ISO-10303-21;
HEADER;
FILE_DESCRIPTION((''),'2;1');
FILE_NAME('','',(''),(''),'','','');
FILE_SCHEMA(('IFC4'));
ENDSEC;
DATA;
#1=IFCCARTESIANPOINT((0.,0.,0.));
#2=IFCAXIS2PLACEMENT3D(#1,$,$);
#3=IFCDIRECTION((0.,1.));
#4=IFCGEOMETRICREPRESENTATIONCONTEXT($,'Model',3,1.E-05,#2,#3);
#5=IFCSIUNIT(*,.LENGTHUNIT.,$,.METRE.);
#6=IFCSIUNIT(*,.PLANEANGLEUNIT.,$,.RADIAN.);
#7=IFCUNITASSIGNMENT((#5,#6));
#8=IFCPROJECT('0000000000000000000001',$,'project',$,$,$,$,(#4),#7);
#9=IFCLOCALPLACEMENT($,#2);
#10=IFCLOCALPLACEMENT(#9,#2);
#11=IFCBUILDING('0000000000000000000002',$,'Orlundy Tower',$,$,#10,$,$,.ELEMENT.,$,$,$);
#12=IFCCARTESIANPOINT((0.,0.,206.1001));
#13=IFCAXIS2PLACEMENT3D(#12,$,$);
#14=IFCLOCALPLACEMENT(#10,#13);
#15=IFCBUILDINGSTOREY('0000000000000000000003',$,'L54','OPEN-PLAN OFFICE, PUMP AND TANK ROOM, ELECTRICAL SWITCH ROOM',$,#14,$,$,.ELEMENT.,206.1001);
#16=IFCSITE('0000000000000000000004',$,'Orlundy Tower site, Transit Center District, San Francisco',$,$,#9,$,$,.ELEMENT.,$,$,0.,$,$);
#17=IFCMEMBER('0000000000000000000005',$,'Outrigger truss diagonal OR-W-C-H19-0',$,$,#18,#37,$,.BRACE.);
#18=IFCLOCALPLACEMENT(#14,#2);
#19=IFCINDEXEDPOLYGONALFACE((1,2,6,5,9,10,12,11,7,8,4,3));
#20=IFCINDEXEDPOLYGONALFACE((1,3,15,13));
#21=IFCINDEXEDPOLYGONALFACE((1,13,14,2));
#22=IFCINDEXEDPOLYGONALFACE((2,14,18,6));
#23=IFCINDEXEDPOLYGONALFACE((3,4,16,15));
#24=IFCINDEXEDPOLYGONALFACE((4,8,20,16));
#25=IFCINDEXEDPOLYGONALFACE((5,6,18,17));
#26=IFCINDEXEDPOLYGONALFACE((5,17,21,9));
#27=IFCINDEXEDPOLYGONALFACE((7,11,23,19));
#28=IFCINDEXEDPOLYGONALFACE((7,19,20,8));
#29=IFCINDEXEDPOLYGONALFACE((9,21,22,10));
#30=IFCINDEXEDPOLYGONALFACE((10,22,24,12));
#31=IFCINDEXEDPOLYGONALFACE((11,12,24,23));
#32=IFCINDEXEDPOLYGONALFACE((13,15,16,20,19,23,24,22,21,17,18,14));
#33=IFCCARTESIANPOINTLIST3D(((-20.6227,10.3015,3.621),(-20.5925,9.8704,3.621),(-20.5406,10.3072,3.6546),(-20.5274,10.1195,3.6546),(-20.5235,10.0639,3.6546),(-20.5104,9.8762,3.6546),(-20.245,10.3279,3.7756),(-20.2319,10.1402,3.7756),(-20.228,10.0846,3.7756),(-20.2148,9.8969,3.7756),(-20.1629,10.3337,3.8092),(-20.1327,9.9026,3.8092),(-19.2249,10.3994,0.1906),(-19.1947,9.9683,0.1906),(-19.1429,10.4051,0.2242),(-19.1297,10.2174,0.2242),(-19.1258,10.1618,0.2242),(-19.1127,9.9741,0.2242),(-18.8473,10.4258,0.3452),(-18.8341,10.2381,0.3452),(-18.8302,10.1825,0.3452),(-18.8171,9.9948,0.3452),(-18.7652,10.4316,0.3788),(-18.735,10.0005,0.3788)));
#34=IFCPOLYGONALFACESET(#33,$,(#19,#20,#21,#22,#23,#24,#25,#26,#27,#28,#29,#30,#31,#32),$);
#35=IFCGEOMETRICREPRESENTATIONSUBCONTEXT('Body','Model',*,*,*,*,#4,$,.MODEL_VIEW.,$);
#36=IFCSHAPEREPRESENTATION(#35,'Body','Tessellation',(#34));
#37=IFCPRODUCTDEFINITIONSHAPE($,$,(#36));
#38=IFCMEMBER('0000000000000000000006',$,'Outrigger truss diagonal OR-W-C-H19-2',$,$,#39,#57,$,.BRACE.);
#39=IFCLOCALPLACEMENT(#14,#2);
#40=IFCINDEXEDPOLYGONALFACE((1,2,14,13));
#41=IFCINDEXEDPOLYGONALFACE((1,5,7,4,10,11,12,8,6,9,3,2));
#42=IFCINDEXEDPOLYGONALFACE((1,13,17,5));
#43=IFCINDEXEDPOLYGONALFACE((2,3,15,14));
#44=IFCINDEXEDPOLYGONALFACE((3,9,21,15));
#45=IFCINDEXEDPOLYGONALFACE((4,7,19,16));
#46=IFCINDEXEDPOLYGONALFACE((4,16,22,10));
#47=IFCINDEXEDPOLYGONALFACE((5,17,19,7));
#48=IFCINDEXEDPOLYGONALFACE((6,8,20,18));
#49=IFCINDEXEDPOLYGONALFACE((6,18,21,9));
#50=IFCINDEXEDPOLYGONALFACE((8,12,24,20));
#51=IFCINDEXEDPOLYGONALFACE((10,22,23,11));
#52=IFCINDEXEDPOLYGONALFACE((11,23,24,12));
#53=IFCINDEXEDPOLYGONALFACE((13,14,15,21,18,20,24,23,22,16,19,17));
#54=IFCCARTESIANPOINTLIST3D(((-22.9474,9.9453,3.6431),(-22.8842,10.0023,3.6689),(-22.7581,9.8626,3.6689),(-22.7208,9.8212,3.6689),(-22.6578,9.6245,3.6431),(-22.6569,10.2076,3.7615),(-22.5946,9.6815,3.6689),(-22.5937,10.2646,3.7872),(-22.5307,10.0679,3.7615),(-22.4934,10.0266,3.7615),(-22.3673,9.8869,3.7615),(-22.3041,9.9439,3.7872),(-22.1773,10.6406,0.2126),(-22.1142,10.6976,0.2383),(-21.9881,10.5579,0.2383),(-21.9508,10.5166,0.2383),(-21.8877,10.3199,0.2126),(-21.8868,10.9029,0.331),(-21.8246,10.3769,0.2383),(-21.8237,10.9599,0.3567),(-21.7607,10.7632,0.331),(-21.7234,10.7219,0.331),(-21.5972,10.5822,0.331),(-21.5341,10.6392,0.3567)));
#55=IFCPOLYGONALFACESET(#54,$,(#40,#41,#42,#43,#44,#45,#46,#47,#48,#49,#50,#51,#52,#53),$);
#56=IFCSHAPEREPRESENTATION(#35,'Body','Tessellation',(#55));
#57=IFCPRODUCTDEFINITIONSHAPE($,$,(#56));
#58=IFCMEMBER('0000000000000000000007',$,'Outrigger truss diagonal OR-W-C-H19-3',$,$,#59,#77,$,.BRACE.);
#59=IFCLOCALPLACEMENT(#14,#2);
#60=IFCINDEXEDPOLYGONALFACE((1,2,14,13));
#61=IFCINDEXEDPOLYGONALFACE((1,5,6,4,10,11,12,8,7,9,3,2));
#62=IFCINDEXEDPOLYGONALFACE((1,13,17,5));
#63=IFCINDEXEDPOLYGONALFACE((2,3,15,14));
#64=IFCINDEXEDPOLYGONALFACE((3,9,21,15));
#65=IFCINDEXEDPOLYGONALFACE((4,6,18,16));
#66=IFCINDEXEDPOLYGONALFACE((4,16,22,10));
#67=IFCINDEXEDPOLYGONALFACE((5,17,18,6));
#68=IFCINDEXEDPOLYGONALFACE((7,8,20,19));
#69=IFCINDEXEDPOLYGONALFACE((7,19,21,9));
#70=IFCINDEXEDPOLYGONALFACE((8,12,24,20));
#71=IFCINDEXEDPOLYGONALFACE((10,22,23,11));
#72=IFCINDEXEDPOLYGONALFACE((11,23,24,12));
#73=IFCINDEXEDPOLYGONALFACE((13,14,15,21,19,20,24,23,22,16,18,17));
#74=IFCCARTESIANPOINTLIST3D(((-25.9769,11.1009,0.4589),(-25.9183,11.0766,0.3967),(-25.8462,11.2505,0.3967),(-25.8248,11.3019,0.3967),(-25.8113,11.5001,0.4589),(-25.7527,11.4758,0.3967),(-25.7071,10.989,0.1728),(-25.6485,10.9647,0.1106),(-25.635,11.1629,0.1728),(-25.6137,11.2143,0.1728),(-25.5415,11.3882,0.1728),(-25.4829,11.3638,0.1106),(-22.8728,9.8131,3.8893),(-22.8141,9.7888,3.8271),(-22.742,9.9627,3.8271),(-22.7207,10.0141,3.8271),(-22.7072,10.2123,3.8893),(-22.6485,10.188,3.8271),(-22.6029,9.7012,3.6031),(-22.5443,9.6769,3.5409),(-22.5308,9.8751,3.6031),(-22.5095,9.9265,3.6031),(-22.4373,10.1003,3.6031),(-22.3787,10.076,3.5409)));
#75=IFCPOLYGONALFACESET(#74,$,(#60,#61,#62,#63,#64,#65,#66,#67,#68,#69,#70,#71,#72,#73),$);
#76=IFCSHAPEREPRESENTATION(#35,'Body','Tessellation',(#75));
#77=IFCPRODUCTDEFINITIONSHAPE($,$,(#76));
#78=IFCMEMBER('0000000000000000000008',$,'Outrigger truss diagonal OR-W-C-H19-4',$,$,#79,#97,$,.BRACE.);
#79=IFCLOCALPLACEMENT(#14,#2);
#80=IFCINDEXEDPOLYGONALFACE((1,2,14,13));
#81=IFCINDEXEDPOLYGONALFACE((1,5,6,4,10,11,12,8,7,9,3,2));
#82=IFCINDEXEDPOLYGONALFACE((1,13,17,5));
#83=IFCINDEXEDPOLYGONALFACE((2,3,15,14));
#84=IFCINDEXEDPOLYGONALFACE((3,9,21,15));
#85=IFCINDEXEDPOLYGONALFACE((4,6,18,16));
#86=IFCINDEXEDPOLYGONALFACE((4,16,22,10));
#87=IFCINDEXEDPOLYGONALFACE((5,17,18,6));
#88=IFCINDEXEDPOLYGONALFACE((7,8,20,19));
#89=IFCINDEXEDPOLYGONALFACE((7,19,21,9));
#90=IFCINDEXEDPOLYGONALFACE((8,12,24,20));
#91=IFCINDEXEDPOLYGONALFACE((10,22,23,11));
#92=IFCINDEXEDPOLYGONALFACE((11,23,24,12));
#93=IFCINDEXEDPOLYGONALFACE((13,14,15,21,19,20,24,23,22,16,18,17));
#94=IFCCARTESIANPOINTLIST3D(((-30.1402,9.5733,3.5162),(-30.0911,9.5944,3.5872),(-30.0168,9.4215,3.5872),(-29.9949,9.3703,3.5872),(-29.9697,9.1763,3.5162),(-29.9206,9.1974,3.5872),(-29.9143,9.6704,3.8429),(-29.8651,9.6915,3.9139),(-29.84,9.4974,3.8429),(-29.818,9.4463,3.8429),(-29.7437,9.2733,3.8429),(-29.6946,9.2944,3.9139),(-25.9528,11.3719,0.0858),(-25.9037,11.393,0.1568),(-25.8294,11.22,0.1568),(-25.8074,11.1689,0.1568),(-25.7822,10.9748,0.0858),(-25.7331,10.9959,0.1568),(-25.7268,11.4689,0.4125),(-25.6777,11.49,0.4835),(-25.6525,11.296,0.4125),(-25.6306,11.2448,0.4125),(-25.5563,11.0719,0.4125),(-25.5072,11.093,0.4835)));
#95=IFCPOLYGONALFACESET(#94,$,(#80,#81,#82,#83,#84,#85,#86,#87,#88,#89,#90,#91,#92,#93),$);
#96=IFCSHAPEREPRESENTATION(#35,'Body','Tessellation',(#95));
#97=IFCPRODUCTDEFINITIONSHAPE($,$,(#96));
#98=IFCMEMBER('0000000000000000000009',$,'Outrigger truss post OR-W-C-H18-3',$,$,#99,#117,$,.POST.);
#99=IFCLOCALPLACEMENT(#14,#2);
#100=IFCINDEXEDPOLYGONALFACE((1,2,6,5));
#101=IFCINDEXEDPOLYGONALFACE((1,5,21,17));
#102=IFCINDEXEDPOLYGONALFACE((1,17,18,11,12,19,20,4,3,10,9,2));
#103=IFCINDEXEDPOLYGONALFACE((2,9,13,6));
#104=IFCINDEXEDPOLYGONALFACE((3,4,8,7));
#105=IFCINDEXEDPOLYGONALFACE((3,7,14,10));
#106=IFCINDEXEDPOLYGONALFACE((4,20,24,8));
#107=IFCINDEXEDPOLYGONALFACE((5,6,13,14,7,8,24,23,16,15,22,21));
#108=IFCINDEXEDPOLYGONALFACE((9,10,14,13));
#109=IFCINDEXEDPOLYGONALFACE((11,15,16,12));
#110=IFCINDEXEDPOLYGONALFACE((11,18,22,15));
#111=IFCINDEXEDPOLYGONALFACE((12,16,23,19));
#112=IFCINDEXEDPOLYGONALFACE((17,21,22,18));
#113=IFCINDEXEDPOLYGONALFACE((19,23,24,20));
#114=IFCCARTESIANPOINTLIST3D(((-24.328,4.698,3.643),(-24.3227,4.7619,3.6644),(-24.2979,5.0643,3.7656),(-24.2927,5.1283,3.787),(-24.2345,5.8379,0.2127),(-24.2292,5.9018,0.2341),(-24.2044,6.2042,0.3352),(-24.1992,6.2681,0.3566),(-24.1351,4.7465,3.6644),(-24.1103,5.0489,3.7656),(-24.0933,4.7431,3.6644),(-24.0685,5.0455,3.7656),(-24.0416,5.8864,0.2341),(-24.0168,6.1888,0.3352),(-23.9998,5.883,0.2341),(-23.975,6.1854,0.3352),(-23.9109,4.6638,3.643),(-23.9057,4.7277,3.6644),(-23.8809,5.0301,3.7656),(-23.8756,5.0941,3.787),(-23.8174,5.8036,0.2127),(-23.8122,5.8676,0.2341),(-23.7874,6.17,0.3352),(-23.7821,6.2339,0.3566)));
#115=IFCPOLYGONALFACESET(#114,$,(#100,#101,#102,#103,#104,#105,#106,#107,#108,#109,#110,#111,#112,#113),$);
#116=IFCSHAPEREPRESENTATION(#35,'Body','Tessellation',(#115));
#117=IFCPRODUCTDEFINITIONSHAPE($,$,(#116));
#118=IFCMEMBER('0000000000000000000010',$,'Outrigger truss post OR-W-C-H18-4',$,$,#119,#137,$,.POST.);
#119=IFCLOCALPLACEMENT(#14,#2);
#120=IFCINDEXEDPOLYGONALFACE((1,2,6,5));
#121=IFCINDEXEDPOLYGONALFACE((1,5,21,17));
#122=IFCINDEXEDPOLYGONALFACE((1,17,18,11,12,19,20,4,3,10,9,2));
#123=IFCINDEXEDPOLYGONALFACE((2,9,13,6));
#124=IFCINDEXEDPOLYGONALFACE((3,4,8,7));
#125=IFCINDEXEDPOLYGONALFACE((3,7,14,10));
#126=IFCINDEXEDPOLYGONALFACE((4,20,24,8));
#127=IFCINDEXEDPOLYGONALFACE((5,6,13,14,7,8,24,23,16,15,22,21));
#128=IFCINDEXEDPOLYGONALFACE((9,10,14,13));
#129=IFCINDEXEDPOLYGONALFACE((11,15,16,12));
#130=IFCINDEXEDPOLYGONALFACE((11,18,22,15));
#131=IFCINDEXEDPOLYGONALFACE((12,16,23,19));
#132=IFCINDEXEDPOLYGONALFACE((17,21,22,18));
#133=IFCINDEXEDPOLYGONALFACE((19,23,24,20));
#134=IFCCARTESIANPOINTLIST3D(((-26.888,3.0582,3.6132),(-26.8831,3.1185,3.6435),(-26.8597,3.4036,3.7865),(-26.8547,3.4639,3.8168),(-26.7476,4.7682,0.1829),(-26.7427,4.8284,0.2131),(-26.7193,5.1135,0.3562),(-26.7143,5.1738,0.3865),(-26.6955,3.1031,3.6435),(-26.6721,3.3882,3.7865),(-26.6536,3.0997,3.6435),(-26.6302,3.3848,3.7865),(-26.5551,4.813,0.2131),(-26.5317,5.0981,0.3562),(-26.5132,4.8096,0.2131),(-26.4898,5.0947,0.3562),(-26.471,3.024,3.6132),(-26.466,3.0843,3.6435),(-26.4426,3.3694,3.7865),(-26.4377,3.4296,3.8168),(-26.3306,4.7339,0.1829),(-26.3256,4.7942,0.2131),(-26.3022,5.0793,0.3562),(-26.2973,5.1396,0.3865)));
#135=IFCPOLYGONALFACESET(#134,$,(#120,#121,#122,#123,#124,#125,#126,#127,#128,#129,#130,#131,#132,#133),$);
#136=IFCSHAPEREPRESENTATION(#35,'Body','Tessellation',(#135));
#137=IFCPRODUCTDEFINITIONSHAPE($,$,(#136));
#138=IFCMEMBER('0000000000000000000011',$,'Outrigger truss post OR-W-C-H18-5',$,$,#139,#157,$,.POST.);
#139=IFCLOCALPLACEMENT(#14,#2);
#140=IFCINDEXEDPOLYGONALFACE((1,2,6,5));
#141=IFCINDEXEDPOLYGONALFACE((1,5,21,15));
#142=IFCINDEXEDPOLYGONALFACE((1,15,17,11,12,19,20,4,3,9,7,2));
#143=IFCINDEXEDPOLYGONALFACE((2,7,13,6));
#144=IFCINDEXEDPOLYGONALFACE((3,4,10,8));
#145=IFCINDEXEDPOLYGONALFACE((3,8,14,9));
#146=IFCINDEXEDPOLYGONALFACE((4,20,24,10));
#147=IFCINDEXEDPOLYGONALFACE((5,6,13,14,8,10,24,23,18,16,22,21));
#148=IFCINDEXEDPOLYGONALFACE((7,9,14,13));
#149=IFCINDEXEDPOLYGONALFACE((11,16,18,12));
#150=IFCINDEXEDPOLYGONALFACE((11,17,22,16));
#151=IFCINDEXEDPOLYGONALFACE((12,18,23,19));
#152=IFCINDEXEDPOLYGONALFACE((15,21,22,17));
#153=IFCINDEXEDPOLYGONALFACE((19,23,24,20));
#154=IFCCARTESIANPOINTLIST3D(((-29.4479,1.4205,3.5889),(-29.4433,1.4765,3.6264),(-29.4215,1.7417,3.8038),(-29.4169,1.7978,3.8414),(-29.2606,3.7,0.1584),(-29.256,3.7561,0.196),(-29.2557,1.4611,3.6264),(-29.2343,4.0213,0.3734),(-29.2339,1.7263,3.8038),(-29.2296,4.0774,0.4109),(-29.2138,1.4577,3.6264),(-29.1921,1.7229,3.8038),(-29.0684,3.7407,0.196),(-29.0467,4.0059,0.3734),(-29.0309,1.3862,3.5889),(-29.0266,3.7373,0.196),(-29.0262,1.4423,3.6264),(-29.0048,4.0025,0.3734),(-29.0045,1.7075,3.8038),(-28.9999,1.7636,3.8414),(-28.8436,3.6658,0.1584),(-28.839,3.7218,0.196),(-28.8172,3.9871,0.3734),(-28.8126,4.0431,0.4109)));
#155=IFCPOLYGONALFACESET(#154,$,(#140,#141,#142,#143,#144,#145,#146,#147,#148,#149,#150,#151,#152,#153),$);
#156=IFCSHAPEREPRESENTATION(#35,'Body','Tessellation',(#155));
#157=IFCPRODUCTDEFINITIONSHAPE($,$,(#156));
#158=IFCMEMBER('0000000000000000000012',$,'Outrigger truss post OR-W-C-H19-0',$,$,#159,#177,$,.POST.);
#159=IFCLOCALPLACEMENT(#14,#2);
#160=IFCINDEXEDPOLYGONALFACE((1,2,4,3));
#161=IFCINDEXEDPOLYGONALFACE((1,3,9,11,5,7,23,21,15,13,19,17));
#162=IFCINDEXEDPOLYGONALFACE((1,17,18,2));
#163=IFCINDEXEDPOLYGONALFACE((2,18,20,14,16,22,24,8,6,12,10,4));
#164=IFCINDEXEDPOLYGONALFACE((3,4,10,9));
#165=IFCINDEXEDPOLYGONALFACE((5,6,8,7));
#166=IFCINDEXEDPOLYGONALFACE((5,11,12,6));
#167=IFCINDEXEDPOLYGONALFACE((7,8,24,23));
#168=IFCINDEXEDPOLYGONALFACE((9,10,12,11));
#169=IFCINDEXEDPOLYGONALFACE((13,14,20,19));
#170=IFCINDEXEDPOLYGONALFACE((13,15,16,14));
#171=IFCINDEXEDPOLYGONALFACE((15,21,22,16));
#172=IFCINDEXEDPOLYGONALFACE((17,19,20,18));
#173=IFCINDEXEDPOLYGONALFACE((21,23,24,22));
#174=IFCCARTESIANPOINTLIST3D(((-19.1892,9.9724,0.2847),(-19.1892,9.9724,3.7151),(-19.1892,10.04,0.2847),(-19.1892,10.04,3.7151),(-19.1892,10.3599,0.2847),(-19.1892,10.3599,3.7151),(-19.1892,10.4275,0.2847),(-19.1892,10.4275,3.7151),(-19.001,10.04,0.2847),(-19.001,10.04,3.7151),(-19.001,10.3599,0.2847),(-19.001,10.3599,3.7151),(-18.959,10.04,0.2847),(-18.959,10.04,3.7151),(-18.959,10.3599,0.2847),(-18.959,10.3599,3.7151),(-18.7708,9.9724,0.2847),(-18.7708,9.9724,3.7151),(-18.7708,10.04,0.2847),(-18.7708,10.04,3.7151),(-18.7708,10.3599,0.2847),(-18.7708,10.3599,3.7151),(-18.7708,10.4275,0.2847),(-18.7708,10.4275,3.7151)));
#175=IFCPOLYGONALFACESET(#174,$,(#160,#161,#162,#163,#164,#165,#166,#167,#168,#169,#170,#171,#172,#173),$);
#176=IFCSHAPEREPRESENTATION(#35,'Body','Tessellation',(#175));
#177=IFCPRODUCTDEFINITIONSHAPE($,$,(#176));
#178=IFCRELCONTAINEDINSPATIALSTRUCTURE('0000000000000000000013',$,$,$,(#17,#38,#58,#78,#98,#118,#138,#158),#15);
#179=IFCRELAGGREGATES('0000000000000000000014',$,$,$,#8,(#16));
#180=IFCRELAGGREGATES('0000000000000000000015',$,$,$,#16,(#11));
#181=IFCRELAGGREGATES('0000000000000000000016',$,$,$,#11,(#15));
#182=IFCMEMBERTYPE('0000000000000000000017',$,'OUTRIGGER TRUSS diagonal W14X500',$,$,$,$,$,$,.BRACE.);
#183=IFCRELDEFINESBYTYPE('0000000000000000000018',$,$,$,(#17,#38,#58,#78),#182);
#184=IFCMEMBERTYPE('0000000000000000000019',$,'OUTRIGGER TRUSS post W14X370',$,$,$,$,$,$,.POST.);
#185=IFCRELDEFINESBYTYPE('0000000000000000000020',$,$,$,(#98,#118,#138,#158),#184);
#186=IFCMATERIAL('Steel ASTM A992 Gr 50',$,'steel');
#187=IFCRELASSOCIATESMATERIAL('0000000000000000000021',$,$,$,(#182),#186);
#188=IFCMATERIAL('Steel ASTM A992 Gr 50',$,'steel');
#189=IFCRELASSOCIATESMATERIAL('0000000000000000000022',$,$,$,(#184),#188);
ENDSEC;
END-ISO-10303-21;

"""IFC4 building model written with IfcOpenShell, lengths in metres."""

from ifc_helpers import new_model, si_unit, direction, frame, origin, origin_2d, place, context, subcontext, project, spatial, i_section, extrude, material, material_profile, profile_set, type_object, element, save


model = new_model("IFC4")

# Units and contexts
model_context = context("Model", 3, precision=1e-05, world=origin(), true_north=direction((0.0, 1.0)))
body_context = subcontext(model_context, "Body", "Model", "MODEL_VIEW")
ifc_project = project(units=[si_unit("LENGTHUNIT", "METRE"), si_unit("PLANEANGLEUNIT", "RADIAN")], contexts=[model_context])

# Site, building, storey
site_placement = place(None, origin())
site = spatial("IfcSite", under=ifc_project, at=site_placement, Name="Orlundy Tower site, Transit Center District, San Francisco", CompositionType="ELEMENT", RefElevation=0.0)
building_placement = place(site_placement, origin())
building = spatial("IfcBuilding", under=site, at=building_placement, Name="Orlundy Tower", CompositionType="ELEMENT")
storey_placement = place(building_placement, frame((0.0, 0.0, 206.1001)))
storey = spatial("IfcBuildingStorey", under=building, at=storey_placement, Name="L54", Description="OPEN-PLAN OFFICE, PUMP AND TANK ROOM, ELECTRICAL SWITCH ROOM", CompositionType="ELEMENT", Elevation=206.1001)

# Members
ifc_material_1 = material(Name="Steel ASTM A992 Gr 50", Category="steel")
ifc_material_profile_1 = material_profile(ifc_material_1, i_section(OverallWidth=0.4321, OverallDepth=0.4978, WebThickness=0.0557, FlangeThickness=0.0889, at=origin_2d()), Name="W14X500")
ifc_profile_set_1 = profile_set([ifc_material_profile_1], Name="Steel ASTM A992 Gr 50")
member_type_1 = type_object("IfcMemberType", Name="OUTRIGGER TRUSS diagonal W14X500", PredefinedType="BRACE", material=ifc_profile_set_1)
member_1_placement = place(storey_placement, frame((-18.98, 10.2, 0.2847), z_axis=(-0.377194, -0.02642, 0.925757), x_axis=(0.069872, -0.997556, 0.0)))
element("IfcMember", 1, at=member_1_placement, inside=storey, type_object=member_type_1, Name="Outrigger truss diagonal OR-W-C-H19-0", PredefinedType="BRACE", context=body_context, shape_type="SweptSolid", body=[
    extrude(i_section(OverallWidth=0.4321, OverallDepth=0.4978, WebThickness=0.0557, FlangeThickness=0.0889, at=origin_2d()), origin(), (0.0, 0.0, 1.0), 3.7056),
])
member_2_placement = place(storey_placement, frame((-21.8557, 10.6399, 0.2847), z_axis=(-0.214857, -0.194011, 0.957181), x_axis=(0.670186, -0.742193, 0.0)))
element("IfcMember", 2, at=member_2_placement, inside=storey, type_object=member_type_1, Name="Outrigger truss diagonal OR-W-C-H19-2", PredefinedType="BRACE", context=body_context, shape_type="SweptSolid", body=[
    extrude(i_section(OverallWidth=0.4321, OverallDepth=0.4978, WebThickness=0.0557, FlangeThickness=0.0889, at=origin_2d()), origin(), (0.0, 0.0, 1.0), 3.584),
])
member_3_placement = place(storey_placement, frame((-22.6257, 9.9446, 3.7151), z_axis=(-0.6464, 0.268168, -0.714319), x_axis=(-0.383196, -0.923667, 0.0)))
element("IfcMember", 3, at=member_3_placement, inside=storey, type_object=member_type_1, Name="Outrigger truss diagonal OR-W-C-H19-3", PredefinedType="BRACE", context=body_context, shape_type="SweptSolid", body=[
    extrude(i_section(OverallWidth=0.4321, OverallDepth=0.4978, WebThickness=0.0557, FlangeThickness=0.0889, at=origin_2d()), origin(), (0.0, 0.0, 1.0), 4.8022),
])
member_4_placement = place(storey_placement, frame((-25.73, 11.2324, 0.2847), z_axis=(-0.734109, -0.315309, 0.601385), x_axis=(0.39465, -0.918832, 0.0)))
element("IfcMember", 4, at=member_4_placement, inside=storey, type_object=member_type_1, Name="Outrigger truss diagonal OR-W-C-H19-4", PredefinedType="BRACE", context=body_context, shape_type="SweptSolid", body=[
    extrude(i_section(OverallWidth=0.4321, OverallDepth=0.4978, WebThickness=0.0557, FlangeThickness=0.0889, at=origin_2d()), origin(), (0.0, 0.0, 1.0), 5.7041),
])
ifc_material_2 = material(Name="Steel ASTM A992 Gr 50", Category="steel")
ifc_material_profile_2 = material_profile(ifc_material_2, i_section(OverallWidth=0.4185, OverallDepth=0.4551, WebThickness=0.042, FlangeThickness=0.0676, at=origin_2d()), Name="W14X370")
ifc_profile_set_2 = profile_set([ifc_material_profile_2], Name="Steel ASTM A992 Gr 50")
member_type_2 = type_object("IfcMemberType", Name="OUTRIGGER TRUSS post W14X370", PredefinedType="POST", material=ifc_profile_set_2)
member_5_placement = place(storey_placement, frame((-24.0083, 6.0359, 0.2847), z_axis=(-0.025859, -0.315231, 0.948663), x_axis=(0.996652, -0.081756, 0.0)))
element("IfcMember", 5, at=member_5_placement, inside=storey, type_object=member_type_2, Name="Outrigger truss post OR-W-C-H18-3", PredefinedType="POST", context=body_context, shape_type="SweptSolid", body=[
    extrude(i_section(OverallWidth=0.4185, OverallDepth=0.4551, WebThickness=0.042, FlangeThickness=0.0676, at=origin_2d()), origin(), (0.0, 0.0, 1.0), 3.616),
])
member_6_placement = place(storey_placement, frame((-26.5225, 4.9539, 0.2847), z_axis=(-0.0366, -0.445819, 0.894375), x_axis=(0.996647, -0.081821, 0.0)))
element("IfcMember", 6, at=member_6_placement, inside=storey, type_object=member_type_2, Name="Outrigger truss post OR-W-C-H18-4", PredefinedType="POST", context=body_context, shape_type="SweptSolid", body=[
    extrude(i_section(OverallWidth=0.4185, OverallDepth=0.4551, WebThickness=0.042, FlangeThickness=0.0676, at=origin_2d()), origin(), (0.0, 0.0, 1.0), 3.8354),
])
member_7_placement = place(storey_placement, frame((-29.0366, 3.8716, 0.2847), z_axis=(-0.045417, -0.552884, 0.83202), x_axis=(0.996643, -0.081871, 0.0)))
element("IfcMember", 7, at=member_7_placement, inside=storey, type_object=member_type_2, Name="Outrigger truss post OR-W-C-H18-5", PredefinedType="POST", context=body_context, shape_type="SweptSolid", body=[
    extrude(i_section(OverallWidth=0.4185, OverallDepth=0.4551, WebThickness=0.042, FlangeThickness=0.0676, at=origin_2d()), origin(), (0.0, 0.0, 1.0), 4.123),
])
member_8_placement = place(storey_placement, frame((-18.98, 10.2, 0.2847), z_axis=(0.0, 0.0, 1.0), x_axis=(1.0, 0.0, 0.0)))
element("IfcMember", 8, at=member_8_placement, inside=storey, type_object=member_type_2, Name="Outrigger truss post OR-W-C-H19-0", PredefinedType="POST", context=body_context, shape_type="SweptSolid", body=[
    extrude(i_section(OverallWidth=0.4185, OverallDepth=0.4551, WebThickness=0.042, FlangeThickness=0.0676, at=origin_2d()), origin(), (0.0, 0.0, 1.0), 3.4304),
])

save(model, "model.ifc")
